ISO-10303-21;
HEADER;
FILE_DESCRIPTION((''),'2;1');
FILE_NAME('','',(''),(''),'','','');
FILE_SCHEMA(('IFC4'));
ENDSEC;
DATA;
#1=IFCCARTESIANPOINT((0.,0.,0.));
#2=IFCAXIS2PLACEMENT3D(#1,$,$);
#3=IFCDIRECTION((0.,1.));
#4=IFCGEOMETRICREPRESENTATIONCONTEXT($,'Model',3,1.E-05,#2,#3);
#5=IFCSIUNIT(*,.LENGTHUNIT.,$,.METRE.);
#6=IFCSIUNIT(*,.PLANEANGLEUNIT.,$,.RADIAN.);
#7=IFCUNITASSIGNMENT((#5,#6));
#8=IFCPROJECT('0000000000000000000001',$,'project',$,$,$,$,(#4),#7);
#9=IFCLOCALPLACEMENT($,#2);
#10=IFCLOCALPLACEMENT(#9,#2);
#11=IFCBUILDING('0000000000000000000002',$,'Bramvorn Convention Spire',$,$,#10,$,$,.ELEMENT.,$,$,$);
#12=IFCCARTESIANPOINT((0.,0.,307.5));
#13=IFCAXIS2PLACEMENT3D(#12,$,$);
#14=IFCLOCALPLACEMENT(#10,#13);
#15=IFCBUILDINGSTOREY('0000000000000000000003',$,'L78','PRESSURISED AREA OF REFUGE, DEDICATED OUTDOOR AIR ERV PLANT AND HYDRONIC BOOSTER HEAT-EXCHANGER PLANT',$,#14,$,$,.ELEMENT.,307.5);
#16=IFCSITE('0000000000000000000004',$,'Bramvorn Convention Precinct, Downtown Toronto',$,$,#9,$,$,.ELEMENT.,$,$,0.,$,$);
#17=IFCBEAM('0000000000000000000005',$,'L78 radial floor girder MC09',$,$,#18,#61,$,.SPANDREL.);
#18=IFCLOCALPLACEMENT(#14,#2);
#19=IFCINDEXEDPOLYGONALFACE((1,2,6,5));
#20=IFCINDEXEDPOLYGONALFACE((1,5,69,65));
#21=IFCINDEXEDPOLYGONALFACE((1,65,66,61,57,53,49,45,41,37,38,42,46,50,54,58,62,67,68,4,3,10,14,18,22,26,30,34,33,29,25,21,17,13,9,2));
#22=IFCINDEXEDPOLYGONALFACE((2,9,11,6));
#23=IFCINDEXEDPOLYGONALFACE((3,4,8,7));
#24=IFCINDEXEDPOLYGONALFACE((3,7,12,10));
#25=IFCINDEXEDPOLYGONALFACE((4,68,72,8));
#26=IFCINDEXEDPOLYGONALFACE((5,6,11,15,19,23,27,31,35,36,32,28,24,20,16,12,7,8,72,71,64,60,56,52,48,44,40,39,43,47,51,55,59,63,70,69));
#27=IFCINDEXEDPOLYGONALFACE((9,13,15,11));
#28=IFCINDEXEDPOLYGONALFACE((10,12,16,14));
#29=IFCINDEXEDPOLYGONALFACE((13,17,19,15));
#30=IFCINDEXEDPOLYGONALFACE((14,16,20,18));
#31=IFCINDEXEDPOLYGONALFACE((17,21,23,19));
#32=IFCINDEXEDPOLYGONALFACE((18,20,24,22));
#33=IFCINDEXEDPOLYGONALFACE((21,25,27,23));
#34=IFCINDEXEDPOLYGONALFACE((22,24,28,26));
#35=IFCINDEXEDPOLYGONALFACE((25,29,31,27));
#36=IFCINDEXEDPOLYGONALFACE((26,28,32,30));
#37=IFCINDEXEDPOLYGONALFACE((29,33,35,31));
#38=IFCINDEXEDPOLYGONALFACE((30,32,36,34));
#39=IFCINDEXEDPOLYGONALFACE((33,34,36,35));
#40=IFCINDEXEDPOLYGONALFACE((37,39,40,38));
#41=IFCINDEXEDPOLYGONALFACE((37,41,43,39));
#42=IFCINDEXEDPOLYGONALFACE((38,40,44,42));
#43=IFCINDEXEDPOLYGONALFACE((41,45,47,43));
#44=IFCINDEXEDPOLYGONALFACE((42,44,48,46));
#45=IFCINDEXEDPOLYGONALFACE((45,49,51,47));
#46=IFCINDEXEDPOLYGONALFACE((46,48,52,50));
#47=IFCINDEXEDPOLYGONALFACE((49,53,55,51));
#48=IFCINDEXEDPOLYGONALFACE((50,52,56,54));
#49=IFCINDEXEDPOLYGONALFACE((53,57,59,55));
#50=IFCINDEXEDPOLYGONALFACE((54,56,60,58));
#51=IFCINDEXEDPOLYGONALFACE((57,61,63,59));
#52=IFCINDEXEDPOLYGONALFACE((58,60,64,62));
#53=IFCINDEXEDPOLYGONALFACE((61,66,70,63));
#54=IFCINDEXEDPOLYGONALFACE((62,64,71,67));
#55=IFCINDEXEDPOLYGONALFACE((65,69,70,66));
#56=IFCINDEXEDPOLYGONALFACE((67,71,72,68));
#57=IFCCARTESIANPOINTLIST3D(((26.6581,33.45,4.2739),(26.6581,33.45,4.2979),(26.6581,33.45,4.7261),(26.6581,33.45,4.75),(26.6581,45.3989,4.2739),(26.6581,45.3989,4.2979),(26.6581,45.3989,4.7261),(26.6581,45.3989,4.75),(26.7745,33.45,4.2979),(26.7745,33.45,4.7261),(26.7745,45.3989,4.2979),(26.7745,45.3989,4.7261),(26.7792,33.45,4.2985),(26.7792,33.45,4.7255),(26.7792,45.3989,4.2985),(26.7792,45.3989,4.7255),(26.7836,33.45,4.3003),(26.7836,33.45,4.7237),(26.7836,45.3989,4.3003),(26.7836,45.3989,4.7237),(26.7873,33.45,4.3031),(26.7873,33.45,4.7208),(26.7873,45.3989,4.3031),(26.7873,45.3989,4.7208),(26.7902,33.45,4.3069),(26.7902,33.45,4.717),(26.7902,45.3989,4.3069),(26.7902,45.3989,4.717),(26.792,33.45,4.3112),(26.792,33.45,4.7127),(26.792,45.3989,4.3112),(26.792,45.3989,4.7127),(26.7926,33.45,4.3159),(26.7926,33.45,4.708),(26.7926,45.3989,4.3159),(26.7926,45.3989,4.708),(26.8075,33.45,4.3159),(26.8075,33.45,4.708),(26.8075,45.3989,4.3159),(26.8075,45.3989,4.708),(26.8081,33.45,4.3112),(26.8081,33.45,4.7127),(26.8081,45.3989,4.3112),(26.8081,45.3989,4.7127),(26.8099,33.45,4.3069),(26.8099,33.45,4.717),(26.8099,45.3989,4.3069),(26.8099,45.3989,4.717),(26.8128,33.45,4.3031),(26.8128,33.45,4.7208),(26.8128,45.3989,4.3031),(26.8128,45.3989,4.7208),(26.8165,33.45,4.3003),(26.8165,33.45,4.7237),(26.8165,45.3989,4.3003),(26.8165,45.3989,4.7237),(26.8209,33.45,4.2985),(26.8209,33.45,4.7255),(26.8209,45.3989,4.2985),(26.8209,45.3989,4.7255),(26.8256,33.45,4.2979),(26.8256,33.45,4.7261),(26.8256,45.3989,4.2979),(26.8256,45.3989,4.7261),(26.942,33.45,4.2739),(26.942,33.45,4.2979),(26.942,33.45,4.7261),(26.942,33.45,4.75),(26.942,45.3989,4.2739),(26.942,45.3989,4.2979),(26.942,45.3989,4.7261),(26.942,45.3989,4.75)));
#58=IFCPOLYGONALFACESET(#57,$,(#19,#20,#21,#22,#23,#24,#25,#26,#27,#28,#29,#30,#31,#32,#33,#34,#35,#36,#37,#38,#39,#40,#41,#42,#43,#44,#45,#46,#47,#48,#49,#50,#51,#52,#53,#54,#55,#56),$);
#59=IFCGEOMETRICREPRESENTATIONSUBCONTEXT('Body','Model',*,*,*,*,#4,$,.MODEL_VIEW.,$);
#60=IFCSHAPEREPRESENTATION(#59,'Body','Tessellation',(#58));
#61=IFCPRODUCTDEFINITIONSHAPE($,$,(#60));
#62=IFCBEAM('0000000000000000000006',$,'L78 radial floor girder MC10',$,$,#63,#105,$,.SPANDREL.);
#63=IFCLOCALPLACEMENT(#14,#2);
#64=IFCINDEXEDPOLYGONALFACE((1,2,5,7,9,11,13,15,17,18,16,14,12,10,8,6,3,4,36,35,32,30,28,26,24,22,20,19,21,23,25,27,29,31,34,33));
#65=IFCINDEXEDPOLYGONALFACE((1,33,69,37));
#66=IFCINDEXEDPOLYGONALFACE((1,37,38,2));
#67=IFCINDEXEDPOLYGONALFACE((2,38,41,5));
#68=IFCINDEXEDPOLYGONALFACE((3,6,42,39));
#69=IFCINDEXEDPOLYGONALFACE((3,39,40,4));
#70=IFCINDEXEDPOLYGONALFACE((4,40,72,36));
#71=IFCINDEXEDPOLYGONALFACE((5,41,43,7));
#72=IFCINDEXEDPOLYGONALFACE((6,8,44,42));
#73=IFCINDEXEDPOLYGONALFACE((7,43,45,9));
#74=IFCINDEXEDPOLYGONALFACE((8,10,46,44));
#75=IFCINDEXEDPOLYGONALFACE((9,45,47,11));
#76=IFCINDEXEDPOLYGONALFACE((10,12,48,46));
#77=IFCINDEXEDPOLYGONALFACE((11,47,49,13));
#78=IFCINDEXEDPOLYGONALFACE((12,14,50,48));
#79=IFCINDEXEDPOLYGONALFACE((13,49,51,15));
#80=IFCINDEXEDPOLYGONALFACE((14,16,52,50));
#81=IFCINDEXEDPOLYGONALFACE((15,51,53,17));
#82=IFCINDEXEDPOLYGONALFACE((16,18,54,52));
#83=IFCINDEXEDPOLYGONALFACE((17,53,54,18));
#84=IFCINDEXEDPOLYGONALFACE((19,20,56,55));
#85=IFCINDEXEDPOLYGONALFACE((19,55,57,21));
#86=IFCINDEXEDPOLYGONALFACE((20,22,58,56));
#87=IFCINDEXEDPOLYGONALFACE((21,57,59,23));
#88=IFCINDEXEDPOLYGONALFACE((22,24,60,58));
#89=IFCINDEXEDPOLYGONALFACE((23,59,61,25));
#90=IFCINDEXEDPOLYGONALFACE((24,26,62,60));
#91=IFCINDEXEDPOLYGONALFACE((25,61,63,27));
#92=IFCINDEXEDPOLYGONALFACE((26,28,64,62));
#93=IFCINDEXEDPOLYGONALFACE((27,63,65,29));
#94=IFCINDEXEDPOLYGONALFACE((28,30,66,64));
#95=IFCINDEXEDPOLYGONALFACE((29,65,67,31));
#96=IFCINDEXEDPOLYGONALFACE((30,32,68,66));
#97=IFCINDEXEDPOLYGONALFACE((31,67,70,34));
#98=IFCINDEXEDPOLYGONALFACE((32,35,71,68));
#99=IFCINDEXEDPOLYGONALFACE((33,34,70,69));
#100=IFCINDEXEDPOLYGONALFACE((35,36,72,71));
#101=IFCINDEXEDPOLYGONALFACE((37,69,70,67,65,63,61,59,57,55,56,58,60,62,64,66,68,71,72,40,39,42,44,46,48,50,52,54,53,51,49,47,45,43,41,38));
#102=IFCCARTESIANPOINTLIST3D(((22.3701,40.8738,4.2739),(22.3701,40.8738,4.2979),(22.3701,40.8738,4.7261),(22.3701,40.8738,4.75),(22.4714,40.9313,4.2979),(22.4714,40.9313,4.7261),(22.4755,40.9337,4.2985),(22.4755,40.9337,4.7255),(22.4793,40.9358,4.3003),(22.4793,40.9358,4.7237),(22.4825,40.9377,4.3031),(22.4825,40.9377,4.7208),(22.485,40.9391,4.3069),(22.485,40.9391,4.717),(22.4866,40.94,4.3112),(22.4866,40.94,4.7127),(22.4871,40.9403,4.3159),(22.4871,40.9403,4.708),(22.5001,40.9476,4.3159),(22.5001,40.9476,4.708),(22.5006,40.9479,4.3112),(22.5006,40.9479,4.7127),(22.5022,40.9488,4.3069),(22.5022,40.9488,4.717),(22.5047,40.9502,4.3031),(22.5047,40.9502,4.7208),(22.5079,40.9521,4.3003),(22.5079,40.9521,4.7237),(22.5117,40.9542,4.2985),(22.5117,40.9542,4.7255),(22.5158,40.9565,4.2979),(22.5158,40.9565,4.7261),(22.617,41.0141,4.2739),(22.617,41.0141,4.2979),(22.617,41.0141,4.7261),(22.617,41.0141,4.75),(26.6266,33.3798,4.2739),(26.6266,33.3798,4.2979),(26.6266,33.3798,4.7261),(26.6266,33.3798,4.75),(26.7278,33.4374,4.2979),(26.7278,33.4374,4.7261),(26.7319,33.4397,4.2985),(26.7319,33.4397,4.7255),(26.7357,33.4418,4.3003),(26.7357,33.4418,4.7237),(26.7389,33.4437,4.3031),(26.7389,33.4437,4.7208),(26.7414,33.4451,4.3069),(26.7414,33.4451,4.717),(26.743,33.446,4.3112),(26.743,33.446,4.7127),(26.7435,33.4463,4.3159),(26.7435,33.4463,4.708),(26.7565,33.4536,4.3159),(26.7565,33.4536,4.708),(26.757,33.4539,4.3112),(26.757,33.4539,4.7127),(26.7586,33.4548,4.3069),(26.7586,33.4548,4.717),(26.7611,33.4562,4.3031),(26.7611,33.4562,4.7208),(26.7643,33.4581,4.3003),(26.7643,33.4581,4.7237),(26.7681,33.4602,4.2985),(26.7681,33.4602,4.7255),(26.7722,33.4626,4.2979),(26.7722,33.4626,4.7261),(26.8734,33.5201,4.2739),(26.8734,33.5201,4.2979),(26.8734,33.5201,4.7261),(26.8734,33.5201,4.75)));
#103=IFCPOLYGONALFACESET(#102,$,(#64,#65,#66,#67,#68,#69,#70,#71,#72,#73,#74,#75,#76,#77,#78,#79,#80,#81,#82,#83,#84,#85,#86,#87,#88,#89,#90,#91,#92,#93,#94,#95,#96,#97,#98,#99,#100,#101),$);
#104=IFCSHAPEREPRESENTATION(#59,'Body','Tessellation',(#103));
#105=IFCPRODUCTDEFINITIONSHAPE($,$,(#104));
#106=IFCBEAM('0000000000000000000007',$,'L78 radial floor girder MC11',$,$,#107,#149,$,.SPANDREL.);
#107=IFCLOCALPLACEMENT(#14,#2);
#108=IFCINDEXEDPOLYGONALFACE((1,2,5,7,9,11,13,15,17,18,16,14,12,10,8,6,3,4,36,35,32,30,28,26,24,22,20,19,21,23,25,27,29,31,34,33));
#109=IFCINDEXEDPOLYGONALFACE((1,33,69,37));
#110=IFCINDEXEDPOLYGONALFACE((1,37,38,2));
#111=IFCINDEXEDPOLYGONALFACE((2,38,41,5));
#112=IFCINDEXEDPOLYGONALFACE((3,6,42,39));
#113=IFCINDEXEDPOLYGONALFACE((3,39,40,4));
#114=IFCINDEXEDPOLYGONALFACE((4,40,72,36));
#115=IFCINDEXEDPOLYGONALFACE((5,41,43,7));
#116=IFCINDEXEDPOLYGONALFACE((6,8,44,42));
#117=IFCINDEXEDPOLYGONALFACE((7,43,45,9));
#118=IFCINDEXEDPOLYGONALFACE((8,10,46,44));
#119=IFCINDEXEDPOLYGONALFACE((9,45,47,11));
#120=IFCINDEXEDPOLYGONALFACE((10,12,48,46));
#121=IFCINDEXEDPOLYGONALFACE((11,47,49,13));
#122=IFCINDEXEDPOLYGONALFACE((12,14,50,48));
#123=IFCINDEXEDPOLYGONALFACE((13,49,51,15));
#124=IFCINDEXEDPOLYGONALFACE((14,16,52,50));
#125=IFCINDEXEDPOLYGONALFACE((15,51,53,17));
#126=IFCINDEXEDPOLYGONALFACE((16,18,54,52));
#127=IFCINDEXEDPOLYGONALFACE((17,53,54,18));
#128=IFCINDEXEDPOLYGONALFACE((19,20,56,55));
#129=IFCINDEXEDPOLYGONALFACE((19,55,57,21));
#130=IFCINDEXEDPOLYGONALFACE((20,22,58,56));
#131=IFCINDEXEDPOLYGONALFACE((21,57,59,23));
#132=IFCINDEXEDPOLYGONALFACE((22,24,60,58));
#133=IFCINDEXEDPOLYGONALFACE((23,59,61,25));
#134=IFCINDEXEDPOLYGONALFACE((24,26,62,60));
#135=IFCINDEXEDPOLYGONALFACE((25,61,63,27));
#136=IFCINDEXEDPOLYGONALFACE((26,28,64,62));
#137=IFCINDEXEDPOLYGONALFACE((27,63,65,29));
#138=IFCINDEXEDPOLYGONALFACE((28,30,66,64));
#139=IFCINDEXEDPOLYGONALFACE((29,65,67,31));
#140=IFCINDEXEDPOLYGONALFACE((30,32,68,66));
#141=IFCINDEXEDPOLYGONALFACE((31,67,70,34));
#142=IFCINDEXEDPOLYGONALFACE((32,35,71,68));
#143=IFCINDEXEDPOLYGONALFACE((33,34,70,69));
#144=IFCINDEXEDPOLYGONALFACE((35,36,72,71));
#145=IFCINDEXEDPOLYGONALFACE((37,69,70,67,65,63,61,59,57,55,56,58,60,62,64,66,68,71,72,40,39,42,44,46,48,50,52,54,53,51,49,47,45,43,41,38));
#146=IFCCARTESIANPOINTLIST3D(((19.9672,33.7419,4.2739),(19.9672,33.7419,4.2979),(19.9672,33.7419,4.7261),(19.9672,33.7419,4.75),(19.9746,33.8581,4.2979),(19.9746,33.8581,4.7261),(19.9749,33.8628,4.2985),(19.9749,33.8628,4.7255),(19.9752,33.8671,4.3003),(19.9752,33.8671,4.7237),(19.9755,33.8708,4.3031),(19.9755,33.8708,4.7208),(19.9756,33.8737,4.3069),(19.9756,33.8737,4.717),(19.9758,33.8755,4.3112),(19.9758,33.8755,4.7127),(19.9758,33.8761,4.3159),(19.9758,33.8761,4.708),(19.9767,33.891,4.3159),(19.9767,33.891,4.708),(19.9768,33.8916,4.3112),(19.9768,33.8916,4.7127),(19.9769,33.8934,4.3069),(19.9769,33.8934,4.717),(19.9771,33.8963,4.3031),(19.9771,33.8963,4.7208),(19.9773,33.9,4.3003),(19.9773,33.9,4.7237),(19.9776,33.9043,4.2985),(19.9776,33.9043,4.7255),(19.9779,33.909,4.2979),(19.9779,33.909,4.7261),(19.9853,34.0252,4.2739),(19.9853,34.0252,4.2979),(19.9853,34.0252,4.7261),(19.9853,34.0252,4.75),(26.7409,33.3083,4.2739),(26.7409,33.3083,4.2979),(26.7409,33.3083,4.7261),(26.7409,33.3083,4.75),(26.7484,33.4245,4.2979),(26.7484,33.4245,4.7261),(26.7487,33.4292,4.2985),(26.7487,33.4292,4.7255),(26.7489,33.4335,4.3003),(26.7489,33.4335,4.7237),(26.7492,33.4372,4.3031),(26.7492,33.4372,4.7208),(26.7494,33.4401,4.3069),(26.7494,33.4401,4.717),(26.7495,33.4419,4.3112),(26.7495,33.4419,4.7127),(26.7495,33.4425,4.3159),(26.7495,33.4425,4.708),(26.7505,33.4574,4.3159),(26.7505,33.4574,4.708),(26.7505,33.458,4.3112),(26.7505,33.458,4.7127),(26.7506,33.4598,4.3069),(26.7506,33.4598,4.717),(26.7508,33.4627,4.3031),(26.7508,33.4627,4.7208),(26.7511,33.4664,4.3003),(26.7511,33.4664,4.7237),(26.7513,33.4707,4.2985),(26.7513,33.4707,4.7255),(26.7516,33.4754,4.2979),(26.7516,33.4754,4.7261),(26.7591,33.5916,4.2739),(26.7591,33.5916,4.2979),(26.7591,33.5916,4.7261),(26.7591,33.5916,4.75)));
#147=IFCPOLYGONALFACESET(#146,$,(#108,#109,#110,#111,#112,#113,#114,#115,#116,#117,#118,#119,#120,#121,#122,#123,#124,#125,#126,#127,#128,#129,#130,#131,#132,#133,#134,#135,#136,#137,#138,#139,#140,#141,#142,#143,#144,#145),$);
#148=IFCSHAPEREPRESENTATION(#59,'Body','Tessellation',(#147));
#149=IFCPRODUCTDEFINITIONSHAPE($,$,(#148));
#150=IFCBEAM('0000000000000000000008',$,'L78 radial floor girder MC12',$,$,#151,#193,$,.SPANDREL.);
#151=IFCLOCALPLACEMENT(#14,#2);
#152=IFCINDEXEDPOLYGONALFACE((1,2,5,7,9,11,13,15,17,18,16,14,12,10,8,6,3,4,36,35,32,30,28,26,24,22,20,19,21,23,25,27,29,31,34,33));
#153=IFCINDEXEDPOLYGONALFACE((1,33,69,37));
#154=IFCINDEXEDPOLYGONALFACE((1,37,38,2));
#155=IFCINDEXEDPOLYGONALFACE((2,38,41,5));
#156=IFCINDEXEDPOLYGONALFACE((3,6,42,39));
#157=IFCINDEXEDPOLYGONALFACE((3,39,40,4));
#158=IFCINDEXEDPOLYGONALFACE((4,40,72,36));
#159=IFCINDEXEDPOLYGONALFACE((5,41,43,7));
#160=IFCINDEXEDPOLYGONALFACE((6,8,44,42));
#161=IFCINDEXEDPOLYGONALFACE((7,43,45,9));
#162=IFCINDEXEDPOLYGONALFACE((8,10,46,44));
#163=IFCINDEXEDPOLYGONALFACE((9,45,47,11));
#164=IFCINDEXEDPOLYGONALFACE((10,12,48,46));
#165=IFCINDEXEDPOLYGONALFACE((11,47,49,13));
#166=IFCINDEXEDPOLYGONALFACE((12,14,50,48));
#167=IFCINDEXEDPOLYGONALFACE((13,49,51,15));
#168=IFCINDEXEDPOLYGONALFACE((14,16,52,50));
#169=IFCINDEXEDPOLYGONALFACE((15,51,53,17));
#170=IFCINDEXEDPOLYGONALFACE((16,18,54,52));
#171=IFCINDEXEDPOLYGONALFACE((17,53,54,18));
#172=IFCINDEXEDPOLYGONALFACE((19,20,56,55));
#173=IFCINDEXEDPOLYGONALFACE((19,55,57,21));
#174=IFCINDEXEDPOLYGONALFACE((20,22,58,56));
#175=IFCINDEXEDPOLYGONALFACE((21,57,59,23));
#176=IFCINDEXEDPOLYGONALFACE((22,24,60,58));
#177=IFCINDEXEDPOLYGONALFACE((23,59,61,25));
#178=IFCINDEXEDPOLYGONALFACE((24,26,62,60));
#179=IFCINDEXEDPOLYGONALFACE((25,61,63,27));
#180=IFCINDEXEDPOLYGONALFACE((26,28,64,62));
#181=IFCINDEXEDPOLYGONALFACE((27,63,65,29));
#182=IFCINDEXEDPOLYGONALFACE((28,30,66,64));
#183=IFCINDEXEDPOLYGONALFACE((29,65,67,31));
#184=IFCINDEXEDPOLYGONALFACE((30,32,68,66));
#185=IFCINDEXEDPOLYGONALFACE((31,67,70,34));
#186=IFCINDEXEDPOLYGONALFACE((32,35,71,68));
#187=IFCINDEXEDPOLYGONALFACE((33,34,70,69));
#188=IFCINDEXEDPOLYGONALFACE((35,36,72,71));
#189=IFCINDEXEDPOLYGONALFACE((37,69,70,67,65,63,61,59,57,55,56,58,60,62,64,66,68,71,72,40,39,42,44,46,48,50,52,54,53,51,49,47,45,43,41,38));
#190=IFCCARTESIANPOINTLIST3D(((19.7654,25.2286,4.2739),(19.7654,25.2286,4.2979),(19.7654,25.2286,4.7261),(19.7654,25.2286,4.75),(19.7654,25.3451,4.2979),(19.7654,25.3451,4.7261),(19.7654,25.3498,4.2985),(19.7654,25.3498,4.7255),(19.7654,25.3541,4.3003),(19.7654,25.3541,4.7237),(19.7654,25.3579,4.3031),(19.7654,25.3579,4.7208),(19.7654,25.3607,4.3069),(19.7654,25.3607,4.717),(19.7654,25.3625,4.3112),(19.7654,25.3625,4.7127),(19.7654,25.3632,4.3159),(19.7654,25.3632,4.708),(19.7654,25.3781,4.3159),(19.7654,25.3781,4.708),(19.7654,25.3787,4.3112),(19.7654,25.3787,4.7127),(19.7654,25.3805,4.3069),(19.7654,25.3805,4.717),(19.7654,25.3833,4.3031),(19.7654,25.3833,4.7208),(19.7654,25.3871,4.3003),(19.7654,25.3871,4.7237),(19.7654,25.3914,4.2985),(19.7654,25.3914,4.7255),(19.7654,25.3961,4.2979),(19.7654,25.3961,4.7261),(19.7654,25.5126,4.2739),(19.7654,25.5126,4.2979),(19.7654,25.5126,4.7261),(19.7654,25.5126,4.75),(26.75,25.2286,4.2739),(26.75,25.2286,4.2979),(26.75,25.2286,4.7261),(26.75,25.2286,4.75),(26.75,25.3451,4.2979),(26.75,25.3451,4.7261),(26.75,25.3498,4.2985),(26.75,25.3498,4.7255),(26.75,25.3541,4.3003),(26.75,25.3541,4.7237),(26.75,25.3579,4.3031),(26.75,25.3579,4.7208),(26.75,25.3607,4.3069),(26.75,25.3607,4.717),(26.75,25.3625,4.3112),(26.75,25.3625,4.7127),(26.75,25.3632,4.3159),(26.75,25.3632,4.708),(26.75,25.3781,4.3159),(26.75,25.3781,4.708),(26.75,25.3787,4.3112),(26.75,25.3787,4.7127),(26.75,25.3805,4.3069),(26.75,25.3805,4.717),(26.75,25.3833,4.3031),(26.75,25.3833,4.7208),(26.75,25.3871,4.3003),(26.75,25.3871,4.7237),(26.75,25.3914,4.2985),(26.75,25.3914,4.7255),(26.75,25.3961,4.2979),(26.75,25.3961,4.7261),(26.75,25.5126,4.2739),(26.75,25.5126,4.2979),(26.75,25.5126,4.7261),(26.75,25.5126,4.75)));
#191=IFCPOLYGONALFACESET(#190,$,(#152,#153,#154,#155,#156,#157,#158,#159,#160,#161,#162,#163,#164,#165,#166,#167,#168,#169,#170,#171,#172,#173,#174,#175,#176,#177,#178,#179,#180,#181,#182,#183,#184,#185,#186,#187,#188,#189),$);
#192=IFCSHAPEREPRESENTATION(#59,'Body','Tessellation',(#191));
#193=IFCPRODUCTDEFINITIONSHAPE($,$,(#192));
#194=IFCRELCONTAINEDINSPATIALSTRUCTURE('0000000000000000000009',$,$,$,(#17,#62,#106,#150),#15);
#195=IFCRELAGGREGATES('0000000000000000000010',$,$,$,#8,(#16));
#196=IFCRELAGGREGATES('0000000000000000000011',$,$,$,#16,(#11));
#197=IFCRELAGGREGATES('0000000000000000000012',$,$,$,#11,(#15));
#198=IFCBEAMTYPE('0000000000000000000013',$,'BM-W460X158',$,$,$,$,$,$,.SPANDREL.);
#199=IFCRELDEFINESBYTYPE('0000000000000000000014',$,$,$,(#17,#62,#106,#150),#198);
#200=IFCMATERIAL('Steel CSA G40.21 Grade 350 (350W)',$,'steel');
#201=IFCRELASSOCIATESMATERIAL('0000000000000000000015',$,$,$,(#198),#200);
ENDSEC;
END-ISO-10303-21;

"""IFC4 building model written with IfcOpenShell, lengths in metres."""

from ifc_helpers import new_model, si_unit, direction, frame, origin, origin_2d, place, context, subcontext, project, spatial, i_section, extrude, material, material_profile, profile_set, type_object, element, save


model = new_model("IFC4")

# Units and contexts
model_context = context("Model", 3, precision=1e-05, world=origin(), true_north=direction((0.0, 1.0)))
body_context = subcontext(model_context, "Body", "Model", "MODEL_VIEW")
ifc_project = project(units=[si_unit("LENGTHUNIT", "METRE"), si_unit("PLANEANGLEUNIT", "RADIAN")], contexts=[model_context])

# Site, building, storey
site_placement = place(None, origin())
site = spatial("IfcSite", under=ifc_project, at=site_placement, Name="Bramvorn Convention Precinct, Downtown Toronto", CompositionType="ELEMENT", RefElevation=0.0)
building_placement = place(site_placement, origin())
building = spatial("IfcBuilding", under=site, at=building_placement, Name="Bramvorn Convention Spire", CompositionType="ELEMENT")
storey_placement = place(building_placement, frame((0.0, 0.0, 307.5)))
storey = spatial("IfcBuildingStorey", under=building, at=storey_placement, Name="L78", Description="PRESSURISED AREA OF REFUGE, DEDICATED OUTDOOR AIR ERV PLANT AND HYDRONIC BOOSTER HEAT-EXCHANGER PLANT", CompositionType="ELEMENT", Elevation=307.5)

# Shared definitions
ifc_material_1 = material(Name="Steel CSA G40.21 Grade 350 (350W)", Category="steel")

# Beams
ifc_material_profile_1 = material_profile(ifc_material_1, i_section(OverallWidth=0.2839, OverallDepth=0.4761, WebThickness=0.0149, FlangeThickness=0.0239, FilletRadius=0.0181, at=origin_2d()))
ifc_profile_set_1 = profile_set([ifc_material_profile_1], Name="Steel CSA G40.21 Grade 350 (350W) - W460X158")
beam_type_1 = type_object("IfcBeamType", Name="BM-W460X158", PredefinedType="SPANDREL", material=ifc_profile_set_1)
beam_1_placement = place(storey_placement, frame((26.8, 33.45, 4.512), z_axis=(0.0, 1.0, 0.0), x_axis=(-1.0, 0.0, 0.0)))
element("IfcBeam", 1, at=beam_1_placement, inside=storey, type_object=beam_type_1, Name="L78 radial floor girder MC09", PredefinedType="SPANDREL", context=body_context, shape_type="SweptSolid", body=[
    extrude(i_section(OverallWidth=0.2839, OverallDepth=0.4761, WebThickness=0.0149, FlangeThickness=0.0239, FilletRadius=0.0181, at=origin_2d()), origin(), (0.0, 0.0, 1.0), 11.949),
])
beam_2_placement = place(storey_placement, frame((26.75, 33.45, 4.512), z_axis=(-0.493874, 0.869534, 0.0), x_axis=(-0.869534, -0.493874, 0.0)))
element("IfcBeam", 2, at=beam_2_placement, inside=storey, type_object=beam_type_1, Name="L78 radial floor girder MC10", PredefinedType="SPANDREL", context=body_context, shape_type="SweptSolid", body=[
    extrude(i_section(OverallWidth=0.2839, OverallDepth=0.4761, WebThickness=0.0149, FlangeThickness=0.0239, FilletRadius=0.0181, at=origin_2d()), origin(), (0.0, 0.0, 1.0), 8.6184),
])
beam_3_placement = place(storey_placement, frame((26.75, 33.45, 4.512), z_axis=(-0.997958, 0.063881, 0.0), x_axis=(-0.063881, -0.997958, 0.0)))
element("IfcBeam", 3, at=beam_3_placement, inside=storey, type_object=beam_type_1, Name="L78 radial floor girder MC11", PredefinedType="SPANDREL", context=body_context, shape_type="SweptSolid", body=[
    extrude(i_section(OverallWidth=0.2839, OverallDepth=0.4761, WebThickness=0.0149, FlangeThickness=0.0239, FilletRadius=0.0181, at=origin_2d()), origin(), (0.0, 0.0, 1.0), 6.7876),
])
beam_4_placement = place(storey_placement, frame((26.75, 25.3706, 4.512), z_axis=(-1.0, 0.0, 0.0), x_axis=(0.0, -1.0, 0.0)))
element("IfcBeam", 4, at=beam_4_placement, inside=storey, type_object=beam_type_1, Name="L78 radial floor girder MC12", PredefinedType="SPANDREL", context=body_context, shape_type="SweptSolid", body=[
    extrude(i_section(OverallWidth=0.2839, OverallDepth=0.4761, WebThickness=0.0149, FlangeThickness=0.0239, FilletRadius=0.0181, at=origin_2d()), origin(), (0.0, 0.0, 1.0), 6.9846),
])

save(model, "model.ifc")
